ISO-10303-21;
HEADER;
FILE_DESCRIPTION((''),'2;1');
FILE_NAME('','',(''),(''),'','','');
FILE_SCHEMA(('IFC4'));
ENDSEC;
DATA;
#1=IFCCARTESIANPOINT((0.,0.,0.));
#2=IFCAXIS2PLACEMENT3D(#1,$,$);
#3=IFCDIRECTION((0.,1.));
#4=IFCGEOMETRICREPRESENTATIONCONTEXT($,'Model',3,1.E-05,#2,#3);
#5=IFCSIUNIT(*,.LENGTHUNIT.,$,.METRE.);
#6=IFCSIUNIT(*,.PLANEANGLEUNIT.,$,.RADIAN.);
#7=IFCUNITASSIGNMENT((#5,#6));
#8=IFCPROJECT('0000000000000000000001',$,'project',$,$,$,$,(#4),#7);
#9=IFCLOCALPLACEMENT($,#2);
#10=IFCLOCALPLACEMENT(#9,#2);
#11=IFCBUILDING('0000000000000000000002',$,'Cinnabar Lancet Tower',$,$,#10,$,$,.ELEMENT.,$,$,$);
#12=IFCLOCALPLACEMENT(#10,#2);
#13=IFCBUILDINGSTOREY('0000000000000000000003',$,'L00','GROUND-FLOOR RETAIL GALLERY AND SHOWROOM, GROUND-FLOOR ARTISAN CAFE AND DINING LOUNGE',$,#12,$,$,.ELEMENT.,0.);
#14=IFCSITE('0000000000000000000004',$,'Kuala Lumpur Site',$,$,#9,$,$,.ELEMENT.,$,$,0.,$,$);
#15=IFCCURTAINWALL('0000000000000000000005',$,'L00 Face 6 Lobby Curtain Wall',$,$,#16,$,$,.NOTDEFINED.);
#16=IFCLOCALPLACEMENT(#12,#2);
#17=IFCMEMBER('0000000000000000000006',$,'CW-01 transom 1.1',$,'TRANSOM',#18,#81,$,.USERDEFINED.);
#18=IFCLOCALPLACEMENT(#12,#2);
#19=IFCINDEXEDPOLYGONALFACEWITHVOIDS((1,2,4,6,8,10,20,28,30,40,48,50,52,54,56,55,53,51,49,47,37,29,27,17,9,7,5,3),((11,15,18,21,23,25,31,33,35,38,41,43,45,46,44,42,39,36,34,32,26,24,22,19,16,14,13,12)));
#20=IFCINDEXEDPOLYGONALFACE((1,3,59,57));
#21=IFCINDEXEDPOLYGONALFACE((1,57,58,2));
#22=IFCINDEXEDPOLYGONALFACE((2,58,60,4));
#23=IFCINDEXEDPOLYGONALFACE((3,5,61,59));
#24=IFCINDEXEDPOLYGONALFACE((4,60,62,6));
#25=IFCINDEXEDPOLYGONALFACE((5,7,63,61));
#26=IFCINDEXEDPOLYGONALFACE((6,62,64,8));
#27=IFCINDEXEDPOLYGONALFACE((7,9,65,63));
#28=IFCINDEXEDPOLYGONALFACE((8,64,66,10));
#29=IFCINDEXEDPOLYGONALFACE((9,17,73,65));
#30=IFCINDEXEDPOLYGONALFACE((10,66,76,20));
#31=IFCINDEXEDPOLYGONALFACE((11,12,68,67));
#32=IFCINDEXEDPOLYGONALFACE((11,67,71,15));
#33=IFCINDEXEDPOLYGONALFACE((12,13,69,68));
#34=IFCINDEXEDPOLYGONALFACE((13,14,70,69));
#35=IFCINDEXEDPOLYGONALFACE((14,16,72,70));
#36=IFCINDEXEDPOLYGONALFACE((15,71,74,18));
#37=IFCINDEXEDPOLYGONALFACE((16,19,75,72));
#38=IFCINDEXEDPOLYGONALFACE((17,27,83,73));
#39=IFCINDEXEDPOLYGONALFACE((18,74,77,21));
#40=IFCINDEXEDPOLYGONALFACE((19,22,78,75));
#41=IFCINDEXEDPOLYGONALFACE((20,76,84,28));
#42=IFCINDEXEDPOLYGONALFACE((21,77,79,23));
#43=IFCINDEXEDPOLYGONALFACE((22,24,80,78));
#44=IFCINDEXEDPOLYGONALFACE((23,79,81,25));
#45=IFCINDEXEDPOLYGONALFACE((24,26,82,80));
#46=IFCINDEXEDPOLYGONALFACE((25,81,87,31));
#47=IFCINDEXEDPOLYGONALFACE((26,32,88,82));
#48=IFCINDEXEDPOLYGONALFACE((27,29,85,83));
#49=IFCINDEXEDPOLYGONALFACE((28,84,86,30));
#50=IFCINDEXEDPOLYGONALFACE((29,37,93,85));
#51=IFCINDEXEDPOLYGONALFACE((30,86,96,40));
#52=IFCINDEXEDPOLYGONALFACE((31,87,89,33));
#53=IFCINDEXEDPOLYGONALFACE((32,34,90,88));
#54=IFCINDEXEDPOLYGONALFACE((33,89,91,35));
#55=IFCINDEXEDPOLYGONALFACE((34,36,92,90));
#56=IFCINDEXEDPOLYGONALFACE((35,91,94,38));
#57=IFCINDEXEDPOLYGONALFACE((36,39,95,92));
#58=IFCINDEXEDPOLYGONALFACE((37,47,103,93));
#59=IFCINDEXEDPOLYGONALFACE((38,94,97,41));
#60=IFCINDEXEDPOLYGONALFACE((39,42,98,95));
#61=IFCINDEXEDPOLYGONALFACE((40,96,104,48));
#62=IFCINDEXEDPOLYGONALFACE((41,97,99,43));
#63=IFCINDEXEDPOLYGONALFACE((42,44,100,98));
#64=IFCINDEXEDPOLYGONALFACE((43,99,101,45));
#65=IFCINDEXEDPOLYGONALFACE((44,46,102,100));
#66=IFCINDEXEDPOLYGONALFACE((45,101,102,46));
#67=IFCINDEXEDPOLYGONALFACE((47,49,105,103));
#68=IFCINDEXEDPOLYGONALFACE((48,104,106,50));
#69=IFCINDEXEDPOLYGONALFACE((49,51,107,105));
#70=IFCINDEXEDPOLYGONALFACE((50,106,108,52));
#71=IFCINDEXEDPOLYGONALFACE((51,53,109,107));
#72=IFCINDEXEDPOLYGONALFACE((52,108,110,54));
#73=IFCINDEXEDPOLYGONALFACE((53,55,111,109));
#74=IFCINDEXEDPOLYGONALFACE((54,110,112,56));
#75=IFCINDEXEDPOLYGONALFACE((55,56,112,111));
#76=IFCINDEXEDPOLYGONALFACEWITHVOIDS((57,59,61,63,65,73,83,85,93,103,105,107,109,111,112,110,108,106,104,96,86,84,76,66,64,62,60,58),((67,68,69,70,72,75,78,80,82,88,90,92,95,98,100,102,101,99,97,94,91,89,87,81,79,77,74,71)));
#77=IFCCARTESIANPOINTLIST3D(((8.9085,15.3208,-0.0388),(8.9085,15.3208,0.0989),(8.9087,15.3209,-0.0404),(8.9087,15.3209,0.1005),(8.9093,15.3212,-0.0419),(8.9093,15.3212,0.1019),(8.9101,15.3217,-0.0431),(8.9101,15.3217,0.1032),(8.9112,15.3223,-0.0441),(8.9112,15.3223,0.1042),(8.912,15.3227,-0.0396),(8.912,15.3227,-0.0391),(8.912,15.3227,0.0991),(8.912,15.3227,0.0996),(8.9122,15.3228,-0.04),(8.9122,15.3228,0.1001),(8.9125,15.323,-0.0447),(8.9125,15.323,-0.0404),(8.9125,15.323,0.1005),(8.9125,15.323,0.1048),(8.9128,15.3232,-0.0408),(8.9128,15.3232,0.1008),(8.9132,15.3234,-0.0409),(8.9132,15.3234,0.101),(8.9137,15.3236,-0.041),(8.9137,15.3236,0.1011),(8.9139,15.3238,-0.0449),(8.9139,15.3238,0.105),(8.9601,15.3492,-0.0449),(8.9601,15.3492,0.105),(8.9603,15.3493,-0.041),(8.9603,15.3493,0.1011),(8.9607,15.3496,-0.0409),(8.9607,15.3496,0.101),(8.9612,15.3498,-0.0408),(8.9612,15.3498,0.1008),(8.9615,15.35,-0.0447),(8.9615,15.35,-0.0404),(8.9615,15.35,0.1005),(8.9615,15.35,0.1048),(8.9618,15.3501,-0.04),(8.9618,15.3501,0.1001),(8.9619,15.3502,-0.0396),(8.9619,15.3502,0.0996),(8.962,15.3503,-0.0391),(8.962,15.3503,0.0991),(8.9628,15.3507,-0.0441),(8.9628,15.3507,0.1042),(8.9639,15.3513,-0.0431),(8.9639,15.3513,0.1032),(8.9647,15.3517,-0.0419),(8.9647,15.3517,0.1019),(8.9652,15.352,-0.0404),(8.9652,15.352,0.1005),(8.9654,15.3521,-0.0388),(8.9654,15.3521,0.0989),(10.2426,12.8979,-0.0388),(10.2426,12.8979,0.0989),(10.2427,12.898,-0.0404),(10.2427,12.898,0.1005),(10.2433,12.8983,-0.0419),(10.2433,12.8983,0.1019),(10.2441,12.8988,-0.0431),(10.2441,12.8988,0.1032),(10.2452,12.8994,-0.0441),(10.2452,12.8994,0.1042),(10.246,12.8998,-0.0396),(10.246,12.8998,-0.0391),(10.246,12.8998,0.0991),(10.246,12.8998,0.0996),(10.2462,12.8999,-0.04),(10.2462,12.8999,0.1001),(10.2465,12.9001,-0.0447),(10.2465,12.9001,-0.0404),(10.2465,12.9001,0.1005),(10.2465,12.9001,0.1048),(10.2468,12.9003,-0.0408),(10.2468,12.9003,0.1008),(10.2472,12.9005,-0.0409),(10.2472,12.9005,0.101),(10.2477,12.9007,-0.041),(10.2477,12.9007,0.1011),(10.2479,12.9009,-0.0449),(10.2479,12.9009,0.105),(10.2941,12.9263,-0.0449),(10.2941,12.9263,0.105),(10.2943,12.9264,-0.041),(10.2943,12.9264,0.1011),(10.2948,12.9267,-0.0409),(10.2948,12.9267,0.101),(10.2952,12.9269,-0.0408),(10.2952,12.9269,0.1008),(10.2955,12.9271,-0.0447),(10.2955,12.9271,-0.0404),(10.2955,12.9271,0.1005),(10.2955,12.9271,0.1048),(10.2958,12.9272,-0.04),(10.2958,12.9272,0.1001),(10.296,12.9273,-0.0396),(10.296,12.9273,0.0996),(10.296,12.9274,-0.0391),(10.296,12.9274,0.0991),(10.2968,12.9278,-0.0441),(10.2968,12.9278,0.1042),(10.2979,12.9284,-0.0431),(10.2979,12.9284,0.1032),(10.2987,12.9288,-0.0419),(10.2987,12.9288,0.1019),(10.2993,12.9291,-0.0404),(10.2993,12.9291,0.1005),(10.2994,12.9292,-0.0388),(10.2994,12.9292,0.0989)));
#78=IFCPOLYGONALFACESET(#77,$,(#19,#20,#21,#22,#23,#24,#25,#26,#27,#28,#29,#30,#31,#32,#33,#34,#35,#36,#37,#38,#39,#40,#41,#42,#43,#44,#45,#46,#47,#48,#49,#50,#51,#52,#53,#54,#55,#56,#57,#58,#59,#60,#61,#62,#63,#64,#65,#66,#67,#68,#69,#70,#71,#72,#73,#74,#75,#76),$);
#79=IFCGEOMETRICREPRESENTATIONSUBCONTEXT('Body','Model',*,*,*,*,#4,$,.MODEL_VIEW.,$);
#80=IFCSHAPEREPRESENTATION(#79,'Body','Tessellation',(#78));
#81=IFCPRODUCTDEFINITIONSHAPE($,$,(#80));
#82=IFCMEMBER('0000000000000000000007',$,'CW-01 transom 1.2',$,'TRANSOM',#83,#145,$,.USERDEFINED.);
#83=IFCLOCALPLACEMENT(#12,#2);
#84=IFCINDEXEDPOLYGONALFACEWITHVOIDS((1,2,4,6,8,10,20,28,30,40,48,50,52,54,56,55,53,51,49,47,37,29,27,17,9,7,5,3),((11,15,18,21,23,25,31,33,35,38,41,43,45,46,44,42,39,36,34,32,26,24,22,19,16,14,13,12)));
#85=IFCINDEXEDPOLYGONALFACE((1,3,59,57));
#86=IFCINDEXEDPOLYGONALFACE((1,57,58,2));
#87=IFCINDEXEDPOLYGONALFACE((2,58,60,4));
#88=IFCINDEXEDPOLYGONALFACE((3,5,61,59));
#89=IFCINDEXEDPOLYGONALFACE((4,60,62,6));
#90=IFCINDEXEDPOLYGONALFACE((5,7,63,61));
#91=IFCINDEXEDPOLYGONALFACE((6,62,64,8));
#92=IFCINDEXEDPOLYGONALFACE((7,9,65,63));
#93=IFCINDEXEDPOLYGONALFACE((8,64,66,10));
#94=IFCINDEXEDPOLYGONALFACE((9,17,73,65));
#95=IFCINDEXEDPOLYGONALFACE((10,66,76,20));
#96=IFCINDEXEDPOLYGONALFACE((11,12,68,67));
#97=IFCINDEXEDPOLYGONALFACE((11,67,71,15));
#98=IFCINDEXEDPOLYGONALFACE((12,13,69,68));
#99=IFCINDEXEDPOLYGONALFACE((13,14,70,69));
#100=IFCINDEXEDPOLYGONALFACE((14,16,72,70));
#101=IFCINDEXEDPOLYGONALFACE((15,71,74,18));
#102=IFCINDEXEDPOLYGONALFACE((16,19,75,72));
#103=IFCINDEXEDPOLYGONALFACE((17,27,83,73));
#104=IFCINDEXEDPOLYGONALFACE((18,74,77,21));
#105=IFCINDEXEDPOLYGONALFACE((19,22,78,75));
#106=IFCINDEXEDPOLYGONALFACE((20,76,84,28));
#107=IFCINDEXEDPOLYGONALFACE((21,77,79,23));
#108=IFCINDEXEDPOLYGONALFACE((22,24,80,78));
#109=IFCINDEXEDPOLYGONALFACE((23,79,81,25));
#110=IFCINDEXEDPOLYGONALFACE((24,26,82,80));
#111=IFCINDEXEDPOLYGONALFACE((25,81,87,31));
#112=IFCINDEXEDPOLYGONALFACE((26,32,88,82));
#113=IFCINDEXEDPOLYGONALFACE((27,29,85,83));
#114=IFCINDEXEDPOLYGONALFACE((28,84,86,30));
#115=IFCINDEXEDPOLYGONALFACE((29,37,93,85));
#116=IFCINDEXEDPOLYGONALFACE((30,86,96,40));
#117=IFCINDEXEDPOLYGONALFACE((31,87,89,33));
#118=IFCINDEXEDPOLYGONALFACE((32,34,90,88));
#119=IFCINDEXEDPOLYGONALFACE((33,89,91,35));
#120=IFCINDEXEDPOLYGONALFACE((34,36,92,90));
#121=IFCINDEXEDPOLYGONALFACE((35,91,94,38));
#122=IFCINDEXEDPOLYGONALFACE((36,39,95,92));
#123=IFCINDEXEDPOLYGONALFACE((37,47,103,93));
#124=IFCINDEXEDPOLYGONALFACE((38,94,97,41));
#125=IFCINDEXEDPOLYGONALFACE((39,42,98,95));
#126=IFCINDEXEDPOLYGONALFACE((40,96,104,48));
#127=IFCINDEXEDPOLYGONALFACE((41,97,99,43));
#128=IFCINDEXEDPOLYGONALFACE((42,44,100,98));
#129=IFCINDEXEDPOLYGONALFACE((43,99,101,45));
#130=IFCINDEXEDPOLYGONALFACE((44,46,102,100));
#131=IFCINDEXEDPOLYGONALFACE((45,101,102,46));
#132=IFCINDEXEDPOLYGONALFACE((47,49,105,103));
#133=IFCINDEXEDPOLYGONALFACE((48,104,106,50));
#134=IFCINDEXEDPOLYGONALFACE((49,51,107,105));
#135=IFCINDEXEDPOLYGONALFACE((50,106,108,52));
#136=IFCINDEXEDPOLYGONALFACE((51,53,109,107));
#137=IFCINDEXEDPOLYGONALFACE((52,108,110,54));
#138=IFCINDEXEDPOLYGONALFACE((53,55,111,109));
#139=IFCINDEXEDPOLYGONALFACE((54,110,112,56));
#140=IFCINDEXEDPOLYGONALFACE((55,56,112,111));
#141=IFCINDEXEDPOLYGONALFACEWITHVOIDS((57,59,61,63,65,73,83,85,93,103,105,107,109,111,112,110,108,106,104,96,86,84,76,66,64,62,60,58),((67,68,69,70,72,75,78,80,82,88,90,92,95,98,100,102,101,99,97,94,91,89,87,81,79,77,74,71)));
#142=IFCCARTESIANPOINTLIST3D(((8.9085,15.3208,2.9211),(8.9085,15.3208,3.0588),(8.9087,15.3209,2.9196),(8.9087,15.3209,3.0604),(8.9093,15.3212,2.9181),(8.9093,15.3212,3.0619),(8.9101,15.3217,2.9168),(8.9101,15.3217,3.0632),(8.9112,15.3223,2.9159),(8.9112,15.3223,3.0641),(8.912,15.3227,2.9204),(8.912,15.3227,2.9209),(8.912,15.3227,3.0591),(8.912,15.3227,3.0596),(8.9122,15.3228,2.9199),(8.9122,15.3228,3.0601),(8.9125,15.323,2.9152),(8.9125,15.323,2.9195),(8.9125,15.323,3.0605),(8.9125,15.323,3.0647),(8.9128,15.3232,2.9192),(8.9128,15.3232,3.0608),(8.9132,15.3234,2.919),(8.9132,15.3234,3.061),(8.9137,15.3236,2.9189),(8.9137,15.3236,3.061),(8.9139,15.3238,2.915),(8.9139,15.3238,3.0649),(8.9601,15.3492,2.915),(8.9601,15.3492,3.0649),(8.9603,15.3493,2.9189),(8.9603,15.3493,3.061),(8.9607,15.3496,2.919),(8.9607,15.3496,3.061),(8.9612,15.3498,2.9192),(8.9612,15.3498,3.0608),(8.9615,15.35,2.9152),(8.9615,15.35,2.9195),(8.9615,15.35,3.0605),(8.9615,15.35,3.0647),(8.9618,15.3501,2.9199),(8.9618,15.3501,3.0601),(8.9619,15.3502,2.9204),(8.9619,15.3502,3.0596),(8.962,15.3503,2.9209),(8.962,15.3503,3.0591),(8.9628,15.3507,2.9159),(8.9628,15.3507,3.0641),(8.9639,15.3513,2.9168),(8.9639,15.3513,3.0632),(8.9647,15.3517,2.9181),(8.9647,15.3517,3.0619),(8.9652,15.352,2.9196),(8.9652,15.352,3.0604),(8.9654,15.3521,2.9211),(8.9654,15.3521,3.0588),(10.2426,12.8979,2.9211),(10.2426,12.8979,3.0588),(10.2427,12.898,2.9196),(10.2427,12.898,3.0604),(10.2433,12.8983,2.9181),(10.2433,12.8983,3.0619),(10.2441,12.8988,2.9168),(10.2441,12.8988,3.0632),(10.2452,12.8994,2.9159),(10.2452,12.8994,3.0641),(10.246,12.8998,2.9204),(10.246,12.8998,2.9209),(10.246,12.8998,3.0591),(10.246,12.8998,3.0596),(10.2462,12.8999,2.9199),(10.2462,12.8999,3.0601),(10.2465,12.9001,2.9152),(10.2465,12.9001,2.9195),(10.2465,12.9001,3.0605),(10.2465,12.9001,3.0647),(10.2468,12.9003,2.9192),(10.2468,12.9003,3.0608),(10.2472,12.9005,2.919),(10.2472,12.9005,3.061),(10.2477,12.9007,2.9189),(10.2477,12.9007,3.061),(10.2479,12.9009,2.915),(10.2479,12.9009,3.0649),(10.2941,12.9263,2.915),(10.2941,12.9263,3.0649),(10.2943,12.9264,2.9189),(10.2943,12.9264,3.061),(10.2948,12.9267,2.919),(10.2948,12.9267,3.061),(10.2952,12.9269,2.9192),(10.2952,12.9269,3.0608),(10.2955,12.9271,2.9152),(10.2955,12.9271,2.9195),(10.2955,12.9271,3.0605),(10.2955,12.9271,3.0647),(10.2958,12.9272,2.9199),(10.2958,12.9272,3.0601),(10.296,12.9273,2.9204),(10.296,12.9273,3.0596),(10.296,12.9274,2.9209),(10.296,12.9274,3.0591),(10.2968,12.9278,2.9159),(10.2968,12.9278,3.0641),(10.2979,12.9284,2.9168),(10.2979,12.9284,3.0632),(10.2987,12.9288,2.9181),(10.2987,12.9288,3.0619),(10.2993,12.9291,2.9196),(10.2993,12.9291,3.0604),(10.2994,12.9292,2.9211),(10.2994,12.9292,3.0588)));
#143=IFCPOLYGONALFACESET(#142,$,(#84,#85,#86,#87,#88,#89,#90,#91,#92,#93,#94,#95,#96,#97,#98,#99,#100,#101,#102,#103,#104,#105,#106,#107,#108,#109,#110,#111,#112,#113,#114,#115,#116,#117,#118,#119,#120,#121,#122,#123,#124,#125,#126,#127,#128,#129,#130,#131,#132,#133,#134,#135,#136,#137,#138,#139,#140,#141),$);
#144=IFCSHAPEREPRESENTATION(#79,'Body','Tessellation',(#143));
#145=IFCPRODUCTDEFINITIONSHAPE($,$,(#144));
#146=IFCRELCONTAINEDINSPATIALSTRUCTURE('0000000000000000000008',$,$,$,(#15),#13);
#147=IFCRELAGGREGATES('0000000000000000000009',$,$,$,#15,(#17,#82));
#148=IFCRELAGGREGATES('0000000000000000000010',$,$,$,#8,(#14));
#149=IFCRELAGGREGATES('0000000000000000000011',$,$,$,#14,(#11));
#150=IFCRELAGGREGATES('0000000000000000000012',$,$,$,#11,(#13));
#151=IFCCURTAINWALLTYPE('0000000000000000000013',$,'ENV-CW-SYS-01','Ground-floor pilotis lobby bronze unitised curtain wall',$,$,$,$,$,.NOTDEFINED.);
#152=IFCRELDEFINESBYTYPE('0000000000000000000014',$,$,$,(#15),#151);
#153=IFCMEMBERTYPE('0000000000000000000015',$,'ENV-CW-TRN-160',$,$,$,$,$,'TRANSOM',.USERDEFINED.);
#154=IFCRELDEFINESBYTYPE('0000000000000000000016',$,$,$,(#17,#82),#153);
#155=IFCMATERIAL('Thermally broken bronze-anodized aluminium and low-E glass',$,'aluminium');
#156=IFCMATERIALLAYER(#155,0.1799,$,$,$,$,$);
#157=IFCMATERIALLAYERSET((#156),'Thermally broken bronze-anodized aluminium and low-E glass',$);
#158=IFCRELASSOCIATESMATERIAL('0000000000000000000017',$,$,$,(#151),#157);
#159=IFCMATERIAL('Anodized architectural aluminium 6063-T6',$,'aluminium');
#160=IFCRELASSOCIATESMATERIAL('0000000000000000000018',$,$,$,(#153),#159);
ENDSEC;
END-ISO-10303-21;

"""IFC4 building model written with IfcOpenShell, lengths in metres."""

from ifc_helpers import new_model, si_unit, direction, frame, origin, origin_2d, place, context, subcontext, project, spatial, hollow_rectangle, extrude, material, layer, layer_set, material_profile, profile_set, type_object, element, aggregate, save


model = new_model("IFC4")

# Units and contexts
model_context = context("Model", 3, precision=1e-05, world=origin(), true_north=direction((0.0, 1.0)))
body_context = subcontext(model_context, "Body", "Model", "MODEL_VIEW")
ifc_project = project(units=[si_unit("LENGTHUNIT", "METRE"), si_unit("PLANEANGLEUNIT", "RADIAN")], contexts=[model_context])

# Site, building, storey
site_placement = place(None, origin())
site = spatial("IfcSite", under=ifc_project, at=site_placement, Name="Kuala Lumpur Site", CompositionType="ELEMENT", RefElevation=0.0)
building_placement = place(site_placement, origin())
building = spatial("IfcBuilding", under=site, at=building_placement, Name="Cinnabar Lancet Tower", CompositionType="ELEMENT")
storey_placement = place(building_placement, origin())
storey = spatial("IfcBuildingStorey", under=building, at=storey_placement, Name="L00", Description="GROUND-FLOOR RETAIL GALLERY AND SHOWROOM, GROUND-FLOOR ARTISAN CAFE AND DINING LOUNGE", CompositionType="ELEMENT", Elevation=0.0)

# Curtain wall, members
ifc_material_1 = material(Name="Thermally broken bronze-anodized aluminium and low-E glass", Category="aluminium")
ifc_layer_1 = layer(ifc_material_1, 0.1799)
ifc_layer_set_1 = layer_set([ifc_layer_1], Name="Thermally broken bronze-anodized aluminium and low-E glass")
curtain_wall_type = type_object("IfcCurtainWallType", Name="ENV-CW-SYS-01", Description="Ground-floor pilotis lobby bronze unitised curtain wall", PredefinedType="NOTDEFINED", material=ifc_layer_set_1)
curtain_wall_placement = place(storey_placement, origin())
curtain_wall = element("IfcCurtainWall", 1, at=curtain_wall_placement, inside=storey, type_object=curtain_wall_type, Name="L00 Face 6 Lobby Curtain Wall", PredefinedType="NOTDEFINED")
ifc_material_2 = material(Name="Anodized architectural aluminium 6063-T6", Category="aluminium")
ifc_material_profile_1 = material_profile(ifc_material_2, hollow_rectangle(XDim=0.0649, YDim=0.1499, WallThickness=0.0039, InnerFilletRadius=0.002, OuterFilletRadius=0.0061, at=origin_2d()), Name="CW-TRN 150x65x4")
ifc_profile_set_1 = profile_set([ifc_material_profile_1], Name="Anodized architectural aluminium 6063-T6")
member_type_1 = type_object("IfcMemberType", Name="ENV-CW-TRN-160", ElementType="TRANSOM", PredefinedType="USERDEFINED", material=ifc_profile_set_1)
member_1_placement = place(storey_placement, frame((10.271, 12.9136, 0.03), z_axis=(-0.482312, 0.876, 0.0), x_axis=(-0.876, -0.482312, 0.0)))
member_1 = element("IfcMember", 2, at=member_1_placement, type_object=member_type_1, Name="CW-01 transom 1.1", ObjectType="TRANSOM", PredefinedType="USERDEFINED", context=body_context, shape_type="SweptSolid", body=[
    extrude(hollow_rectangle(XDim=0.0649, YDim=0.1499, WallThickness=0.0039, InnerFilletRadius=0.002, OuterFilletRadius=0.0061, at=origin_2d()), origin(), (0.0, 0.0, 1.0), 2.7659),
])
member_2_placement = place(storey_placement, frame((10.271, 12.9136, 2.99), z_axis=(-0.482312, 0.876, 0.0), x_axis=(-0.876, -0.482312, 0.0)))
member_2 = element("IfcMember", 3, at=member_2_placement, type_object=member_type_1, Name="CW-01 transom 1.2", ObjectType="TRANSOM", PredefinedType="USERDEFINED", context=body_context, shape_type="SweptSolid", body=[
    extrude(hollow_rectangle(XDim=0.0649, YDim=0.1499, WallThickness=0.0039, InnerFilletRadius=0.002, OuterFilletRadius=0.0061, at=origin_2d()), origin(), (0.0, 0.0, 1.0), 2.7659),
])

aggregate(curtain_wall, [member_1, member_2])

save(model, "model.ifc")
